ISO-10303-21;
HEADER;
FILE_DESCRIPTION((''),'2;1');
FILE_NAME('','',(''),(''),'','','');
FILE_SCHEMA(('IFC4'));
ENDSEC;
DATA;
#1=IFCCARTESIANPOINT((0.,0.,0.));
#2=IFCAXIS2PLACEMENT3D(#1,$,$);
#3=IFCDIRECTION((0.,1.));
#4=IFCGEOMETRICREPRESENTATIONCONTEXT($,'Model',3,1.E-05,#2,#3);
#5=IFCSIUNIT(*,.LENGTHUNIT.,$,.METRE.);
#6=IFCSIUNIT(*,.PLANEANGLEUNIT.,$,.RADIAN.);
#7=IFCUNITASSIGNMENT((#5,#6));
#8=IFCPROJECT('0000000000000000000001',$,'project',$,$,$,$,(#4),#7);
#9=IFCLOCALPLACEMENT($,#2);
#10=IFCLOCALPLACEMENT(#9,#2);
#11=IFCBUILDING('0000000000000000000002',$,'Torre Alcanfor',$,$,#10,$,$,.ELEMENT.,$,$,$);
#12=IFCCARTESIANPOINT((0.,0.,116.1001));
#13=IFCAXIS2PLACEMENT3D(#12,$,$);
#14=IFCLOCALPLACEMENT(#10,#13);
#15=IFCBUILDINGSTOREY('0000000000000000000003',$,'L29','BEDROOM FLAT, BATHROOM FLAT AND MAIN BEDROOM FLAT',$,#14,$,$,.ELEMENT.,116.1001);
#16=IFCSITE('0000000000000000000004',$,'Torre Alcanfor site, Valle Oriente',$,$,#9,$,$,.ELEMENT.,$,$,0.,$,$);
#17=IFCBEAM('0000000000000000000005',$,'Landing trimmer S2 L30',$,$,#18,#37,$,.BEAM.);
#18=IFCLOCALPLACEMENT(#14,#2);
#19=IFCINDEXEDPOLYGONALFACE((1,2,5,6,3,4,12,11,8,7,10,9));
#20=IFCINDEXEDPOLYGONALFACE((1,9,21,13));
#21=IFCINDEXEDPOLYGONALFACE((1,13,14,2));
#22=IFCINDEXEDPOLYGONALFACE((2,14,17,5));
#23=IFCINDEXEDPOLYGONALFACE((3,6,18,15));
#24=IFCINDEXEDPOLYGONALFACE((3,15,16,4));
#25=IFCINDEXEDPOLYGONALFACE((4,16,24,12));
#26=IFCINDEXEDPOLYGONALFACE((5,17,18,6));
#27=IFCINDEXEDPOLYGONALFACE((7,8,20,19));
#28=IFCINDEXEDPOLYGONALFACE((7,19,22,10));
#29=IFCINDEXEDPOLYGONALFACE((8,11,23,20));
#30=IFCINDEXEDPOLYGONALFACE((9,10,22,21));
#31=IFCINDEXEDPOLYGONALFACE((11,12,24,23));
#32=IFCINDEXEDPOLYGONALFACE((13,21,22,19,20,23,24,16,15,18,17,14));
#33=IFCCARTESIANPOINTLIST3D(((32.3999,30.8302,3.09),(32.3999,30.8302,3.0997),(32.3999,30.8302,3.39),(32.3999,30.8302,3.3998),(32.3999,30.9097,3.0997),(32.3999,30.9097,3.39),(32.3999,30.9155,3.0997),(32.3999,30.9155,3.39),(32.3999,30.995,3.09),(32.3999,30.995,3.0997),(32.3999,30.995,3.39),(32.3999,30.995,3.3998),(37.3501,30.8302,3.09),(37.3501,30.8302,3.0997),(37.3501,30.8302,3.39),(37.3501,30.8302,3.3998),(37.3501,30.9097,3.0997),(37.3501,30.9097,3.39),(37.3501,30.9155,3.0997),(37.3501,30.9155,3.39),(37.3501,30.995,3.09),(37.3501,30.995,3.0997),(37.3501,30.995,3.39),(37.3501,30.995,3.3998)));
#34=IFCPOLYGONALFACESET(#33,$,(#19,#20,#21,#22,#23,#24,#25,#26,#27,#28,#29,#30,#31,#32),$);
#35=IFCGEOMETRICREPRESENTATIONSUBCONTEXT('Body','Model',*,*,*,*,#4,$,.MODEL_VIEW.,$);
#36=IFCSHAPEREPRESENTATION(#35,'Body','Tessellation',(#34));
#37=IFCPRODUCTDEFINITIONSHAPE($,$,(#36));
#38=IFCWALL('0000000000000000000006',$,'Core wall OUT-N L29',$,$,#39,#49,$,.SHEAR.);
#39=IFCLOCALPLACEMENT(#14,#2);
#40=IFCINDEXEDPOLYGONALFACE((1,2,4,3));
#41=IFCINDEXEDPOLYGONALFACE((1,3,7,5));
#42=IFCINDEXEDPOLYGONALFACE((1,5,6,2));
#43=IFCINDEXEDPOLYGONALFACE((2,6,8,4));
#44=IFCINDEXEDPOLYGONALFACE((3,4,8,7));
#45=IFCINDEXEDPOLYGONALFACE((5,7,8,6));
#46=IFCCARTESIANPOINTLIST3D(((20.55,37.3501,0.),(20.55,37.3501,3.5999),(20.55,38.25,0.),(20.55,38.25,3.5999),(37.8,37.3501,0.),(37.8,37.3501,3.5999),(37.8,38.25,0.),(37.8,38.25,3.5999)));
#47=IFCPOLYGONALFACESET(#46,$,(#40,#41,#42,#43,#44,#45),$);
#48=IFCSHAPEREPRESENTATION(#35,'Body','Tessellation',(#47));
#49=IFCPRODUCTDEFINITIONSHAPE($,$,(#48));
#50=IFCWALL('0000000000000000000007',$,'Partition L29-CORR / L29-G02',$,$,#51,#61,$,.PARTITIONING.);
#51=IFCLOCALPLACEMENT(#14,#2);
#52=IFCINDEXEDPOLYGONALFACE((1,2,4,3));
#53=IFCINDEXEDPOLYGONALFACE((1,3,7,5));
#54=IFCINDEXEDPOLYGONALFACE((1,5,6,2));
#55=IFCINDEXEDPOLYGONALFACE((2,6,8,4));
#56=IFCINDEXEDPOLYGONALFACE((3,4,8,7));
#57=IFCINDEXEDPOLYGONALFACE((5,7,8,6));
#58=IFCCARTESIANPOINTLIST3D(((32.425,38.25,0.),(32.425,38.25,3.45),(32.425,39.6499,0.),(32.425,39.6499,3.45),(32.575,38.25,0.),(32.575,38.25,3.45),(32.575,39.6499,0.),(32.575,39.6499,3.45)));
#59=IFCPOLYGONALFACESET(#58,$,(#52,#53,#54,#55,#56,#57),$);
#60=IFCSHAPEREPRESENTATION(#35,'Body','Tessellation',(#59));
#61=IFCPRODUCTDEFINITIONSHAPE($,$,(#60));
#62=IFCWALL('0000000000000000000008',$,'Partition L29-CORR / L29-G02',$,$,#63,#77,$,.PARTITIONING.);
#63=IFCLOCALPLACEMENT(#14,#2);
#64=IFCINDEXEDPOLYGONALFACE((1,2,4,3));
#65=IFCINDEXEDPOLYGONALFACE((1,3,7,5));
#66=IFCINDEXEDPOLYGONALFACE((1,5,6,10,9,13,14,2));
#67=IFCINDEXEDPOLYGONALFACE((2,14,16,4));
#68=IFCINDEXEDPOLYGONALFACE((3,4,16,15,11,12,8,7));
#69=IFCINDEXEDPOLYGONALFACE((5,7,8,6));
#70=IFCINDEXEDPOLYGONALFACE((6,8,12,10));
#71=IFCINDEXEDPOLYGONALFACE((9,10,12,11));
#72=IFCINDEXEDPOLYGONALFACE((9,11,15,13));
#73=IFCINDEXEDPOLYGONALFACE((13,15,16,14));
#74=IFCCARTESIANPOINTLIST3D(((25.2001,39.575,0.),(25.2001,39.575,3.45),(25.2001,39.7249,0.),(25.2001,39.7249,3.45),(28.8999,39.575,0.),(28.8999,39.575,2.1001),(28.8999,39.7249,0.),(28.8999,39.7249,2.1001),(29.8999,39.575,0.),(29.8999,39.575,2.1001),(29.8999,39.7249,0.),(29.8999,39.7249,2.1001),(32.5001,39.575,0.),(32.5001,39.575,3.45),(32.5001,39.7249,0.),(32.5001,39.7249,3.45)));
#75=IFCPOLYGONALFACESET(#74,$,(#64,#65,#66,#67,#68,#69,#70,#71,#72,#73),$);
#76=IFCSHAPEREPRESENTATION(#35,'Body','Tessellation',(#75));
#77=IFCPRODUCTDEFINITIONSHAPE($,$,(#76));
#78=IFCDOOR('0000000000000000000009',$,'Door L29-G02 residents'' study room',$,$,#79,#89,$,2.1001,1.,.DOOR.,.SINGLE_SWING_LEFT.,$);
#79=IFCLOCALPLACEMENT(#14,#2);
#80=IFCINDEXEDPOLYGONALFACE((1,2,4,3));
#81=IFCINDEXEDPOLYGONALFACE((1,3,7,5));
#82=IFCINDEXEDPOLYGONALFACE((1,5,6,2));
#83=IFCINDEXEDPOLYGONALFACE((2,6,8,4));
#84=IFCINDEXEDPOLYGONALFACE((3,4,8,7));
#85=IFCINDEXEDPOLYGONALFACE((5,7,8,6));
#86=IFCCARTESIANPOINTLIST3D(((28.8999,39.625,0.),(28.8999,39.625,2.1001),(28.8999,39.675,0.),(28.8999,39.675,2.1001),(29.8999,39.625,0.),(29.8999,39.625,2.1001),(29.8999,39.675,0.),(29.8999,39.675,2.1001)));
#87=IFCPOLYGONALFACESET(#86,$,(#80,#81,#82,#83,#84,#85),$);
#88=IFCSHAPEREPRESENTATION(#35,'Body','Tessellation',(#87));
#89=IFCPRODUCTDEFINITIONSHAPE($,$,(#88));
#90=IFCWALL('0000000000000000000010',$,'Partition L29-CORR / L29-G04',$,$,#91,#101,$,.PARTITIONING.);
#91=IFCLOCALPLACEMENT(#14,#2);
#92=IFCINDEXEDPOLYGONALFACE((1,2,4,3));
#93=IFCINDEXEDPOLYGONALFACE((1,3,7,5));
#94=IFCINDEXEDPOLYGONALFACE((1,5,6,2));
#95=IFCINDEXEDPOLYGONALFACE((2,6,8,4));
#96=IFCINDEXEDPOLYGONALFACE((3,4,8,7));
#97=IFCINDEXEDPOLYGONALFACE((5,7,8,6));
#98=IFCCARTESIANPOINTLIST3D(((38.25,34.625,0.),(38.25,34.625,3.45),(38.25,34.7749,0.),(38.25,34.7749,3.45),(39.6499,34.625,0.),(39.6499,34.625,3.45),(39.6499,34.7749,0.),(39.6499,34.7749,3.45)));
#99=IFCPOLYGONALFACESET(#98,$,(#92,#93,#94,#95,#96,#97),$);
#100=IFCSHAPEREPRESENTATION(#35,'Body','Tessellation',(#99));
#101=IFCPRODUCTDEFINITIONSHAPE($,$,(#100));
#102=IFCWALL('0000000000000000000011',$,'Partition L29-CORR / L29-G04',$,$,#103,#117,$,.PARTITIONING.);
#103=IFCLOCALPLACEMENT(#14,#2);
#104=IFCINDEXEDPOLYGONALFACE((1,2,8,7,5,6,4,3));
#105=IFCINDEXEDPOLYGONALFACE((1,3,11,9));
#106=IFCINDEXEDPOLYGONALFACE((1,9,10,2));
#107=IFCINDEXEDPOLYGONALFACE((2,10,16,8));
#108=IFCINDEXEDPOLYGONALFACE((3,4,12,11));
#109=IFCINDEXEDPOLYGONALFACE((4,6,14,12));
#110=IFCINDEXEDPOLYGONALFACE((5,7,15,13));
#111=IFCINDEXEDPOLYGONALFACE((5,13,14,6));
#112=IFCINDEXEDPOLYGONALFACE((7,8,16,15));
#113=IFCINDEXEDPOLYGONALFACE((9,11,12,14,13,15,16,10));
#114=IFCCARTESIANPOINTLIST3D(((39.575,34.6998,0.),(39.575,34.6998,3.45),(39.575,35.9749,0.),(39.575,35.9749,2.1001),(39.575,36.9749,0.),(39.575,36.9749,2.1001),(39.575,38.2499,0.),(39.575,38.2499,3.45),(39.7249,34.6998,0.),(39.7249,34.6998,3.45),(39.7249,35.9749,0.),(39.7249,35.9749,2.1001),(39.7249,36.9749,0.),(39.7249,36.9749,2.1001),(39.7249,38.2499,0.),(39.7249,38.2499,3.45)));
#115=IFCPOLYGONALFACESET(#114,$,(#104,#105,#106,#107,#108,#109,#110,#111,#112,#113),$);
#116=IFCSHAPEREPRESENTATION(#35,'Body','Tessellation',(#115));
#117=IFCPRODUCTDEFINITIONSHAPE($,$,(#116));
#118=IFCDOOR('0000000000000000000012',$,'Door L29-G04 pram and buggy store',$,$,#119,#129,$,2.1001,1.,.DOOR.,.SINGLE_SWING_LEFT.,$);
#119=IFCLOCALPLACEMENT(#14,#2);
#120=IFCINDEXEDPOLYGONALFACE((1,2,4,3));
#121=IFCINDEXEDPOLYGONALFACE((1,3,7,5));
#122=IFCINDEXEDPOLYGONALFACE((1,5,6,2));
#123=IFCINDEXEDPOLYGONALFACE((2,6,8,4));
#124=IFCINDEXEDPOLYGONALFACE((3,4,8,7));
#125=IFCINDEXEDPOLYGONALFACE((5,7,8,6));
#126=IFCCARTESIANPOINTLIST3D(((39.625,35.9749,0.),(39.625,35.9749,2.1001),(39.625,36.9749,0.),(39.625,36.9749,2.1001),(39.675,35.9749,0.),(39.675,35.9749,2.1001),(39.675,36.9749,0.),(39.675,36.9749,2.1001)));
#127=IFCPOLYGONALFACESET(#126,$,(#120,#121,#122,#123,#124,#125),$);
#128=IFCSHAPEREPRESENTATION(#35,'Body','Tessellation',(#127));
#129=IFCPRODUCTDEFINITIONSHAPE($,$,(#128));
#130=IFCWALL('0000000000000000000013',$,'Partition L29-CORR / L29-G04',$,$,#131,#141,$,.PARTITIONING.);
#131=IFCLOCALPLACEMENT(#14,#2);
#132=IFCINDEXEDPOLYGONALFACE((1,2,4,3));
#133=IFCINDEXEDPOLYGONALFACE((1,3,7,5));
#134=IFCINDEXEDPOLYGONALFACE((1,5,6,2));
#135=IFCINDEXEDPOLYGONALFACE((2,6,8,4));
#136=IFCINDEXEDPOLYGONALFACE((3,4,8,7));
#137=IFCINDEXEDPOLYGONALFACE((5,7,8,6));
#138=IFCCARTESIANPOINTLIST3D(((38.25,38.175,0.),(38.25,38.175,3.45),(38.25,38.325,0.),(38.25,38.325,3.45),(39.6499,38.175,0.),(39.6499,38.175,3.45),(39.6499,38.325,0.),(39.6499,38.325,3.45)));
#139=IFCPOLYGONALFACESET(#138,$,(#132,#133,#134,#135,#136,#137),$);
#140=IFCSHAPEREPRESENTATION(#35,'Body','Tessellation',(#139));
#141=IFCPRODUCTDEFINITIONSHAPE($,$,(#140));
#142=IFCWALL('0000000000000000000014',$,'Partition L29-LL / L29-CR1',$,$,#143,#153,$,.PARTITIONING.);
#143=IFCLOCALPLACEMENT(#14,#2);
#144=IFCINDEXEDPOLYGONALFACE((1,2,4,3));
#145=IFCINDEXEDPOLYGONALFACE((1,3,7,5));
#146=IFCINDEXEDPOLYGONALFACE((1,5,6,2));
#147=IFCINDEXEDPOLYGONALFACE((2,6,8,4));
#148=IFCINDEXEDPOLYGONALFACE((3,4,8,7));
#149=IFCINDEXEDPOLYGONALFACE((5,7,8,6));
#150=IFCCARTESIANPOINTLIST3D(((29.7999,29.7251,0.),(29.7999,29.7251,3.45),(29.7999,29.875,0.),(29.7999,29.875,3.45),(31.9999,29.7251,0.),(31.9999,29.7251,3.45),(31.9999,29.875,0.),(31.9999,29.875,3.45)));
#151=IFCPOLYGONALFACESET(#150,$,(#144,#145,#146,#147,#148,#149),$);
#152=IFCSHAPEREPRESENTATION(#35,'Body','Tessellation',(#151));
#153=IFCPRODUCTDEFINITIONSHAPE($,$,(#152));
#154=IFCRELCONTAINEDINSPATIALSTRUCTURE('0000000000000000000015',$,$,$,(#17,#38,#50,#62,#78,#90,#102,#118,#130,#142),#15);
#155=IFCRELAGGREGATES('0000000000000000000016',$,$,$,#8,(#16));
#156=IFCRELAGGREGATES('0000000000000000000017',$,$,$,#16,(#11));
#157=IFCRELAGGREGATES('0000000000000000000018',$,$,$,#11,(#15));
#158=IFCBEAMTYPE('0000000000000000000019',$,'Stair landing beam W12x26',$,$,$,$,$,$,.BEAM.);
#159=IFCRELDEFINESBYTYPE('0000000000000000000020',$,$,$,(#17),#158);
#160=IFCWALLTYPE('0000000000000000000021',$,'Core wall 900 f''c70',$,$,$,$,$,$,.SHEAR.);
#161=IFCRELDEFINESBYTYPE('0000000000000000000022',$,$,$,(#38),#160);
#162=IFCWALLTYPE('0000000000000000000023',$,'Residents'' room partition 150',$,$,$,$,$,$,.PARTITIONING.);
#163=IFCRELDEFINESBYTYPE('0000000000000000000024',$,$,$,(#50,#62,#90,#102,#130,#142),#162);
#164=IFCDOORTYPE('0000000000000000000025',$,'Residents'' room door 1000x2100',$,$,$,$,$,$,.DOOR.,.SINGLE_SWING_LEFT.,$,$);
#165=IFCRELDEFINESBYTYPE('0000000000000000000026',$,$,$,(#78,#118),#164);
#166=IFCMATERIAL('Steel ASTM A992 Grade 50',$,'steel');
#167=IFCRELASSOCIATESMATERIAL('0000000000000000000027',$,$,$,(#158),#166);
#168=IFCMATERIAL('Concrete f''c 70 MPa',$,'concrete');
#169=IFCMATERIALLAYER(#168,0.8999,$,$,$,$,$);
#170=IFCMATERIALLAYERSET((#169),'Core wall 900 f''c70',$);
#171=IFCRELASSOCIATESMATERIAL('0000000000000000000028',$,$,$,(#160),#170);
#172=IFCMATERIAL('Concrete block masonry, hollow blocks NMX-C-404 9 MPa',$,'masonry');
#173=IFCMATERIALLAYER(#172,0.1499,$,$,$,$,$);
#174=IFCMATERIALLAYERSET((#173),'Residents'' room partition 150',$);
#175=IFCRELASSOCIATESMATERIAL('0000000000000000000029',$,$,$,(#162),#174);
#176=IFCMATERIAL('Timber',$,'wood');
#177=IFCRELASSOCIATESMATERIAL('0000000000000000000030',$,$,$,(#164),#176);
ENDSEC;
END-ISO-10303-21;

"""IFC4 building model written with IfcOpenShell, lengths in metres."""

from ifc_helpers import new_model, si_unit, direction, frame, frame_2d, origin, origin_2d, place, context, subcontext, project, spatial, rectangle, i_section, extrude, material, layer, layer_set, material_profile, profile_set, type_object, element, fill, save


model = new_model("IFC4")

# Units and contexts
model_context = context("Model", 3, precision=1e-05, world=origin(), true_north=direction((0.0, 1.0)))
body_context = subcontext(model_context, "Body", "Model", "MODEL_VIEW")
ifc_project = project(units=[si_unit("LENGTHUNIT", "METRE"), si_unit("PLANEANGLEUNIT", "RADIAN")], contexts=[model_context])

# Site, building, storey
site_placement = place(None, origin())
site = spatial("IfcSite", under=ifc_project, at=site_placement, Name="Torre Alcanfor site, Valle Oriente", CompositionType="ELEMENT", RefElevation=0.0)
building_placement = place(site_placement, origin())
building = spatial("IfcBuilding", under=site, at=building_placement, Name="Torre Alcanfor", CompositionType="ELEMENT")
storey_placement = place(building_placement, frame((0.0, 0.0, 116.1001)))
storey = spatial("IfcBuildingStorey", under=building, at=storey_placement, Name="L29", Description="BEDROOM FLAT, BATHROOM FLAT AND MAIN BEDROOM FLAT", CompositionType="ELEMENT", Elevation=116.1001)

# Beam
ifc_material_1 = material(Name="Steel ASTM A992 Grade 50", Category="steel")
ifc_material_profile_1 = material_profile(ifc_material_1, i_section(OverallWidth=0.1648, OverallDepth=0.3098, WebThickness=0.0059, FlangeThickness=0.0098, at=origin_2d()), Name="W12x26")
ifc_profile_set_1 = profile_set([ifc_material_profile_1], Name="Steel ASTM A992 Grade 50")
beam_type_1 = type_object("IfcBeamType", Name="Stair landing beam W12x26", PredefinedType="BEAM", material=ifc_profile_set_1)
beam_1_placement = place(storey_placement, frame((32.3999, 30.9126, 3.2449), z_axis=(1.0, 0.0, 0.0), x_axis=(0.0, 1.0, 0.0)))
element("IfcBeam", 1, at=beam_1_placement, inside=storey, type_object=beam_type_1, Name="Landing trimmer S2 L30", PredefinedType="BEAM", context=body_context, shape_type="SweptSolid", body=[
    extrude(i_section(OverallWidth=0.1648, OverallDepth=0.3098, WebThickness=0.0059, FlangeThickness=0.0098, at=origin_2d()), origin(), (0.0, 0.0, 1.0), 4.9502),
])

# Walls
ifc_material_2 = material(Name="Concrete f'c 70 MPa", Category="concrete")
ifc_layer_1 = layer(ifc_material_2, 0.8999)
ifc_layer_set_1 = layer_set([ifc_layer_1], Name="Core wall 900 f'c70")
wall_type_1 = type_object("IfcWallType", Name="Core wall 900 f'c70", PredefinedType="SHEAR", material=ifc_layer_set_1)
wall_1_placement = place(storey_placement, frame((37.8, 37.8, 0.0), z_axis=(0.0, 0.0, 1.0), x_axis=(-1.0, 0.0, 0.0)))
element("IfcWall", 2, at=wall_1_placement, inside=storey, type_object=wall_type_1, Name="Core wall OUT-N L29", PredefinedType="SHEAR", context=body_context, shape_type="SweptSolid", body=[
    extrude(rectangle(XDim=17.25, YDim=0.8999, at=frame_2d((8.625, 0.0))), origin(), (0.0, 0.0, 1.0), 3.5999),
])
ifc_material_3 = material(Name="Concrete block masonry, hollow blocks NMX-C-404 9 MPa", Category="masonry")
ifc_layer_2 = layer(ifc_material_3, 0.1499)
ifc_layer_set_2 = layer_set([ifc_layer_2], Name="Residents' room partition 150")
wall_type_2 = type_object("IfcWallType", Name="Residents' room partition 150", PredefinedType="PARTITIONING", material=ifc_layer_set_2)
wall_2_placement = place(storey_placement, frame((32.5, 38.25, 0.0), z_axis=(0.0, 0.0, 1.0), x_axis=(0.0, 1.0, 0.0)))
element("IfcWall", 3, at=wall_2_placement, inside=storey, type_object=wall_type_2, Name="Partition L29-CORR / L29-G02", PredefinedType="PARTITIONING", context=body_context, shape_type="SweptSolid", body=[
    extrude(rectangle(XDim=1.3999, YDim=0.1499, at=frame_2d((0.7, 0.0))), origin(), (0.0, 0.0, 1.0), 3.45),
])

# Wall, opening, door
wall_3_placement = place(storey_placement, frame((32.5, 39.6499, 0.0), z_axis=(0.0, 0.0, 1.0), x_axis=(-1.0, 0.0, 0.0)))
wall_3 = element("IfcWall", 4, at=wall_3_placement, inside=storey, type_object=wall_type_2, Name="Partition L29-CORR / L29-G02", PredefinedType="PARTITIONING", context=body_context, shape_type="SweptSolid", body=[
    extrude(rectangle(XDim=7.3, YDim=0.1499, at=frame_2d((3.6499, 0.0))), origin(), (0.0, 0.0, 1.0), 3.45),
])
opening_1_placement = place(wall_3_placement, frame((2.6001, 0.0, 0.0)))
opening_1 = element("IfcOpeningElement", 5, at=opening_1_placement, cuts=wall_3, PredefinedType="OPENING", context=body_context, shape_type="SweptSolid", body=[
    extrude(rectangle(XDim=1.0, YDim=2.1001, at=frame_2d((0.5, 1.05))), frame((0.0, 0.085, 0.0), z_axis=(0.0, -1.0, 0.0), x_axis=(1.0, 0.0, 0.0)), (0.0, 0.0, 1.0), 0.1699),
])
ifc_material_4 = material(Name="Timber", Category="wood")
door_type = type_object("IfcDoorType", Name="Residents' room door 1000x2100", OperationType="SINGLE_SWING_LEFT", PredefinedType="DOOR", material=ifc_material_4)
door_1_placement = place(opening_1_placement, origin())
door_1 = element("IfcDoor", 6, at=door_1_placement, inside=storey, type_object=door_type, Name="Door L29-G02 residents' study room", OperationType="SINGLE_SWING_LEFT", OverallHeight=2.1001, OverallWidth=1.0, PredefinedType="DOOR", context=body_context, shape_type="SweptSolid", body=[
    extrude(rectangle(XDim=1.0, YDim=2.1001, at=frame_2d((0.5, 1.05))), frame((0.0, 0.0249, 0.0), z_axis=(0.0, -1.0, 0.0), x_axis=(1.0, 0.0, 0.0)), (0.0, 0.0, 1.0), 0.05),
])
fill(opening_1, door_1)

# Wall
wall_4_placement = place(storey_placement, frame((38.25, 34.7, 0.0), z_axis=(0.0, 0.0, 1.0), x_axis=(1.0, 0.0, 0.0)))
element("IfcWall", 7, at=wall_4_placement, inside=storey, type_object=wall_type_2, Name="Partition L29-CORR / L29-G04", PredefinedType="PARTITIONING", context=body_context, shape_type="SweptSolid", body=[
    extrude(rectangle(XDim=1.3999, YDim=0.1499, at=frame_2d((0.7, 0.0))), origin(), (0.0, 0.0, 1.0), 3.45),
])

# Wall, opening, door
wall_5_placement = place(storey_placement, frame((39.6499, 34.7, 0.0), z_axis=(0.0, 0.0, 1.0), x_axis=(0.0, 1.0, 0.0)))
wall_5 = element("IfcWall", 8, at=wall_5_placement, inside=storey, type_object=wall_type_2, Name="Partition L29-CORR / L29-G04", PredefinedType="PARTITIONING", context=body_context, shape_type="SweptSolid", body=[
    extrude(rectangle(XDim=3.55, YDim=0.1499, at=frame_2d((1.7749, 0.0))), origin(), (0.0, 0.0, 1.0), 3.45),
])
opening_2_placement = place(wall_5_placement, frame((1.2749, 0.0, 0.0)))
opening_2 = element("IfcOpeningElement", 9, at=opening_2_placement, cuts=wall_5, PredefinedType="OPENING", context=body_context, shape_type="SweptSolid", body=[
    extrude(rectangle(XDim=1.0, YDim=2.1001, at=frame_2d((0.5, 1.05))), frame((0.0, 0.085, 0.0), z_axis=(0.0, -1.0, 0.0), x_axis=(1.0, 0.0, 0.0)), (0.0, 0.0, 1.0), 0.1699),
])
door_2_placement = place(opening_2_placement, origin())
door_2 = element("IfcDoor", 10, at=door_2_placement, inside=storey, type_object=door_type, Name="Door L29-G04 pram and buggy store", OperationType="SINGLE_SWING_LEFT", OverallHeight=2.1001, OverallWidth=1.0, PredefinedType="DOOR", context=body_context, shape_type="SweptSolid", body=[
    extrude(rectangle(XDim=1.0, YDim=2.1001, at=frame_2d((0.5, 1.05))), frame((0.0, 0.0249, 0.0), z_axis=(0.0, -1.0, 0.0), x_axis=(1.0, 0.0, 0.0)), (0.0, 0.0, 1.0), 0.05),
])
fill(opening_2, door_2)

# Walls
wall_6_placement = place(storey_placement, frame((39.6499, 38.25, 0.0), z_axis=(0.0, 0.0, 1.0), x_axis=(-1.0, 0.0, 0.0)))
element("IfcWall", 11, at=wall_6_placement, inside=storey, type_object=wall_type_2, Name="Partition L29-CORR / L29-G04", PredefinedType="PARTITIONING", context=body_context, shape_type="SweptSolid", body=[
    extrude(rectangle(XDim=1.3999, YDim=0.1499, at=frame_2d((0.7, 0.0))), origin(), (0.0, 0.0, 1.0), 3.45),
])
wall_7_placement = place(storey_placement, frame((32.0, 29.8, 0.0), z_axis=(0.0, 0.0, 1.0), x_axis=(-1.0, 0.0, 0.0)))
element("IfcWall", 12, at=wall_7_placement, inside=storey, type_object=wall_type_2, Name="Partition L29-LL / L29-CR1", PredefinedType="PARTITIONING", context=body_context, shape_type="SweptSolid", body=[
    extrude(rectangle(XDim=2.2, YDim=0.1499, at=frame_2d((1.1001, 0.0))), origin(), (0.0, 0.0, 1.0), 3.45),
])

save(model, "model.ifc")
